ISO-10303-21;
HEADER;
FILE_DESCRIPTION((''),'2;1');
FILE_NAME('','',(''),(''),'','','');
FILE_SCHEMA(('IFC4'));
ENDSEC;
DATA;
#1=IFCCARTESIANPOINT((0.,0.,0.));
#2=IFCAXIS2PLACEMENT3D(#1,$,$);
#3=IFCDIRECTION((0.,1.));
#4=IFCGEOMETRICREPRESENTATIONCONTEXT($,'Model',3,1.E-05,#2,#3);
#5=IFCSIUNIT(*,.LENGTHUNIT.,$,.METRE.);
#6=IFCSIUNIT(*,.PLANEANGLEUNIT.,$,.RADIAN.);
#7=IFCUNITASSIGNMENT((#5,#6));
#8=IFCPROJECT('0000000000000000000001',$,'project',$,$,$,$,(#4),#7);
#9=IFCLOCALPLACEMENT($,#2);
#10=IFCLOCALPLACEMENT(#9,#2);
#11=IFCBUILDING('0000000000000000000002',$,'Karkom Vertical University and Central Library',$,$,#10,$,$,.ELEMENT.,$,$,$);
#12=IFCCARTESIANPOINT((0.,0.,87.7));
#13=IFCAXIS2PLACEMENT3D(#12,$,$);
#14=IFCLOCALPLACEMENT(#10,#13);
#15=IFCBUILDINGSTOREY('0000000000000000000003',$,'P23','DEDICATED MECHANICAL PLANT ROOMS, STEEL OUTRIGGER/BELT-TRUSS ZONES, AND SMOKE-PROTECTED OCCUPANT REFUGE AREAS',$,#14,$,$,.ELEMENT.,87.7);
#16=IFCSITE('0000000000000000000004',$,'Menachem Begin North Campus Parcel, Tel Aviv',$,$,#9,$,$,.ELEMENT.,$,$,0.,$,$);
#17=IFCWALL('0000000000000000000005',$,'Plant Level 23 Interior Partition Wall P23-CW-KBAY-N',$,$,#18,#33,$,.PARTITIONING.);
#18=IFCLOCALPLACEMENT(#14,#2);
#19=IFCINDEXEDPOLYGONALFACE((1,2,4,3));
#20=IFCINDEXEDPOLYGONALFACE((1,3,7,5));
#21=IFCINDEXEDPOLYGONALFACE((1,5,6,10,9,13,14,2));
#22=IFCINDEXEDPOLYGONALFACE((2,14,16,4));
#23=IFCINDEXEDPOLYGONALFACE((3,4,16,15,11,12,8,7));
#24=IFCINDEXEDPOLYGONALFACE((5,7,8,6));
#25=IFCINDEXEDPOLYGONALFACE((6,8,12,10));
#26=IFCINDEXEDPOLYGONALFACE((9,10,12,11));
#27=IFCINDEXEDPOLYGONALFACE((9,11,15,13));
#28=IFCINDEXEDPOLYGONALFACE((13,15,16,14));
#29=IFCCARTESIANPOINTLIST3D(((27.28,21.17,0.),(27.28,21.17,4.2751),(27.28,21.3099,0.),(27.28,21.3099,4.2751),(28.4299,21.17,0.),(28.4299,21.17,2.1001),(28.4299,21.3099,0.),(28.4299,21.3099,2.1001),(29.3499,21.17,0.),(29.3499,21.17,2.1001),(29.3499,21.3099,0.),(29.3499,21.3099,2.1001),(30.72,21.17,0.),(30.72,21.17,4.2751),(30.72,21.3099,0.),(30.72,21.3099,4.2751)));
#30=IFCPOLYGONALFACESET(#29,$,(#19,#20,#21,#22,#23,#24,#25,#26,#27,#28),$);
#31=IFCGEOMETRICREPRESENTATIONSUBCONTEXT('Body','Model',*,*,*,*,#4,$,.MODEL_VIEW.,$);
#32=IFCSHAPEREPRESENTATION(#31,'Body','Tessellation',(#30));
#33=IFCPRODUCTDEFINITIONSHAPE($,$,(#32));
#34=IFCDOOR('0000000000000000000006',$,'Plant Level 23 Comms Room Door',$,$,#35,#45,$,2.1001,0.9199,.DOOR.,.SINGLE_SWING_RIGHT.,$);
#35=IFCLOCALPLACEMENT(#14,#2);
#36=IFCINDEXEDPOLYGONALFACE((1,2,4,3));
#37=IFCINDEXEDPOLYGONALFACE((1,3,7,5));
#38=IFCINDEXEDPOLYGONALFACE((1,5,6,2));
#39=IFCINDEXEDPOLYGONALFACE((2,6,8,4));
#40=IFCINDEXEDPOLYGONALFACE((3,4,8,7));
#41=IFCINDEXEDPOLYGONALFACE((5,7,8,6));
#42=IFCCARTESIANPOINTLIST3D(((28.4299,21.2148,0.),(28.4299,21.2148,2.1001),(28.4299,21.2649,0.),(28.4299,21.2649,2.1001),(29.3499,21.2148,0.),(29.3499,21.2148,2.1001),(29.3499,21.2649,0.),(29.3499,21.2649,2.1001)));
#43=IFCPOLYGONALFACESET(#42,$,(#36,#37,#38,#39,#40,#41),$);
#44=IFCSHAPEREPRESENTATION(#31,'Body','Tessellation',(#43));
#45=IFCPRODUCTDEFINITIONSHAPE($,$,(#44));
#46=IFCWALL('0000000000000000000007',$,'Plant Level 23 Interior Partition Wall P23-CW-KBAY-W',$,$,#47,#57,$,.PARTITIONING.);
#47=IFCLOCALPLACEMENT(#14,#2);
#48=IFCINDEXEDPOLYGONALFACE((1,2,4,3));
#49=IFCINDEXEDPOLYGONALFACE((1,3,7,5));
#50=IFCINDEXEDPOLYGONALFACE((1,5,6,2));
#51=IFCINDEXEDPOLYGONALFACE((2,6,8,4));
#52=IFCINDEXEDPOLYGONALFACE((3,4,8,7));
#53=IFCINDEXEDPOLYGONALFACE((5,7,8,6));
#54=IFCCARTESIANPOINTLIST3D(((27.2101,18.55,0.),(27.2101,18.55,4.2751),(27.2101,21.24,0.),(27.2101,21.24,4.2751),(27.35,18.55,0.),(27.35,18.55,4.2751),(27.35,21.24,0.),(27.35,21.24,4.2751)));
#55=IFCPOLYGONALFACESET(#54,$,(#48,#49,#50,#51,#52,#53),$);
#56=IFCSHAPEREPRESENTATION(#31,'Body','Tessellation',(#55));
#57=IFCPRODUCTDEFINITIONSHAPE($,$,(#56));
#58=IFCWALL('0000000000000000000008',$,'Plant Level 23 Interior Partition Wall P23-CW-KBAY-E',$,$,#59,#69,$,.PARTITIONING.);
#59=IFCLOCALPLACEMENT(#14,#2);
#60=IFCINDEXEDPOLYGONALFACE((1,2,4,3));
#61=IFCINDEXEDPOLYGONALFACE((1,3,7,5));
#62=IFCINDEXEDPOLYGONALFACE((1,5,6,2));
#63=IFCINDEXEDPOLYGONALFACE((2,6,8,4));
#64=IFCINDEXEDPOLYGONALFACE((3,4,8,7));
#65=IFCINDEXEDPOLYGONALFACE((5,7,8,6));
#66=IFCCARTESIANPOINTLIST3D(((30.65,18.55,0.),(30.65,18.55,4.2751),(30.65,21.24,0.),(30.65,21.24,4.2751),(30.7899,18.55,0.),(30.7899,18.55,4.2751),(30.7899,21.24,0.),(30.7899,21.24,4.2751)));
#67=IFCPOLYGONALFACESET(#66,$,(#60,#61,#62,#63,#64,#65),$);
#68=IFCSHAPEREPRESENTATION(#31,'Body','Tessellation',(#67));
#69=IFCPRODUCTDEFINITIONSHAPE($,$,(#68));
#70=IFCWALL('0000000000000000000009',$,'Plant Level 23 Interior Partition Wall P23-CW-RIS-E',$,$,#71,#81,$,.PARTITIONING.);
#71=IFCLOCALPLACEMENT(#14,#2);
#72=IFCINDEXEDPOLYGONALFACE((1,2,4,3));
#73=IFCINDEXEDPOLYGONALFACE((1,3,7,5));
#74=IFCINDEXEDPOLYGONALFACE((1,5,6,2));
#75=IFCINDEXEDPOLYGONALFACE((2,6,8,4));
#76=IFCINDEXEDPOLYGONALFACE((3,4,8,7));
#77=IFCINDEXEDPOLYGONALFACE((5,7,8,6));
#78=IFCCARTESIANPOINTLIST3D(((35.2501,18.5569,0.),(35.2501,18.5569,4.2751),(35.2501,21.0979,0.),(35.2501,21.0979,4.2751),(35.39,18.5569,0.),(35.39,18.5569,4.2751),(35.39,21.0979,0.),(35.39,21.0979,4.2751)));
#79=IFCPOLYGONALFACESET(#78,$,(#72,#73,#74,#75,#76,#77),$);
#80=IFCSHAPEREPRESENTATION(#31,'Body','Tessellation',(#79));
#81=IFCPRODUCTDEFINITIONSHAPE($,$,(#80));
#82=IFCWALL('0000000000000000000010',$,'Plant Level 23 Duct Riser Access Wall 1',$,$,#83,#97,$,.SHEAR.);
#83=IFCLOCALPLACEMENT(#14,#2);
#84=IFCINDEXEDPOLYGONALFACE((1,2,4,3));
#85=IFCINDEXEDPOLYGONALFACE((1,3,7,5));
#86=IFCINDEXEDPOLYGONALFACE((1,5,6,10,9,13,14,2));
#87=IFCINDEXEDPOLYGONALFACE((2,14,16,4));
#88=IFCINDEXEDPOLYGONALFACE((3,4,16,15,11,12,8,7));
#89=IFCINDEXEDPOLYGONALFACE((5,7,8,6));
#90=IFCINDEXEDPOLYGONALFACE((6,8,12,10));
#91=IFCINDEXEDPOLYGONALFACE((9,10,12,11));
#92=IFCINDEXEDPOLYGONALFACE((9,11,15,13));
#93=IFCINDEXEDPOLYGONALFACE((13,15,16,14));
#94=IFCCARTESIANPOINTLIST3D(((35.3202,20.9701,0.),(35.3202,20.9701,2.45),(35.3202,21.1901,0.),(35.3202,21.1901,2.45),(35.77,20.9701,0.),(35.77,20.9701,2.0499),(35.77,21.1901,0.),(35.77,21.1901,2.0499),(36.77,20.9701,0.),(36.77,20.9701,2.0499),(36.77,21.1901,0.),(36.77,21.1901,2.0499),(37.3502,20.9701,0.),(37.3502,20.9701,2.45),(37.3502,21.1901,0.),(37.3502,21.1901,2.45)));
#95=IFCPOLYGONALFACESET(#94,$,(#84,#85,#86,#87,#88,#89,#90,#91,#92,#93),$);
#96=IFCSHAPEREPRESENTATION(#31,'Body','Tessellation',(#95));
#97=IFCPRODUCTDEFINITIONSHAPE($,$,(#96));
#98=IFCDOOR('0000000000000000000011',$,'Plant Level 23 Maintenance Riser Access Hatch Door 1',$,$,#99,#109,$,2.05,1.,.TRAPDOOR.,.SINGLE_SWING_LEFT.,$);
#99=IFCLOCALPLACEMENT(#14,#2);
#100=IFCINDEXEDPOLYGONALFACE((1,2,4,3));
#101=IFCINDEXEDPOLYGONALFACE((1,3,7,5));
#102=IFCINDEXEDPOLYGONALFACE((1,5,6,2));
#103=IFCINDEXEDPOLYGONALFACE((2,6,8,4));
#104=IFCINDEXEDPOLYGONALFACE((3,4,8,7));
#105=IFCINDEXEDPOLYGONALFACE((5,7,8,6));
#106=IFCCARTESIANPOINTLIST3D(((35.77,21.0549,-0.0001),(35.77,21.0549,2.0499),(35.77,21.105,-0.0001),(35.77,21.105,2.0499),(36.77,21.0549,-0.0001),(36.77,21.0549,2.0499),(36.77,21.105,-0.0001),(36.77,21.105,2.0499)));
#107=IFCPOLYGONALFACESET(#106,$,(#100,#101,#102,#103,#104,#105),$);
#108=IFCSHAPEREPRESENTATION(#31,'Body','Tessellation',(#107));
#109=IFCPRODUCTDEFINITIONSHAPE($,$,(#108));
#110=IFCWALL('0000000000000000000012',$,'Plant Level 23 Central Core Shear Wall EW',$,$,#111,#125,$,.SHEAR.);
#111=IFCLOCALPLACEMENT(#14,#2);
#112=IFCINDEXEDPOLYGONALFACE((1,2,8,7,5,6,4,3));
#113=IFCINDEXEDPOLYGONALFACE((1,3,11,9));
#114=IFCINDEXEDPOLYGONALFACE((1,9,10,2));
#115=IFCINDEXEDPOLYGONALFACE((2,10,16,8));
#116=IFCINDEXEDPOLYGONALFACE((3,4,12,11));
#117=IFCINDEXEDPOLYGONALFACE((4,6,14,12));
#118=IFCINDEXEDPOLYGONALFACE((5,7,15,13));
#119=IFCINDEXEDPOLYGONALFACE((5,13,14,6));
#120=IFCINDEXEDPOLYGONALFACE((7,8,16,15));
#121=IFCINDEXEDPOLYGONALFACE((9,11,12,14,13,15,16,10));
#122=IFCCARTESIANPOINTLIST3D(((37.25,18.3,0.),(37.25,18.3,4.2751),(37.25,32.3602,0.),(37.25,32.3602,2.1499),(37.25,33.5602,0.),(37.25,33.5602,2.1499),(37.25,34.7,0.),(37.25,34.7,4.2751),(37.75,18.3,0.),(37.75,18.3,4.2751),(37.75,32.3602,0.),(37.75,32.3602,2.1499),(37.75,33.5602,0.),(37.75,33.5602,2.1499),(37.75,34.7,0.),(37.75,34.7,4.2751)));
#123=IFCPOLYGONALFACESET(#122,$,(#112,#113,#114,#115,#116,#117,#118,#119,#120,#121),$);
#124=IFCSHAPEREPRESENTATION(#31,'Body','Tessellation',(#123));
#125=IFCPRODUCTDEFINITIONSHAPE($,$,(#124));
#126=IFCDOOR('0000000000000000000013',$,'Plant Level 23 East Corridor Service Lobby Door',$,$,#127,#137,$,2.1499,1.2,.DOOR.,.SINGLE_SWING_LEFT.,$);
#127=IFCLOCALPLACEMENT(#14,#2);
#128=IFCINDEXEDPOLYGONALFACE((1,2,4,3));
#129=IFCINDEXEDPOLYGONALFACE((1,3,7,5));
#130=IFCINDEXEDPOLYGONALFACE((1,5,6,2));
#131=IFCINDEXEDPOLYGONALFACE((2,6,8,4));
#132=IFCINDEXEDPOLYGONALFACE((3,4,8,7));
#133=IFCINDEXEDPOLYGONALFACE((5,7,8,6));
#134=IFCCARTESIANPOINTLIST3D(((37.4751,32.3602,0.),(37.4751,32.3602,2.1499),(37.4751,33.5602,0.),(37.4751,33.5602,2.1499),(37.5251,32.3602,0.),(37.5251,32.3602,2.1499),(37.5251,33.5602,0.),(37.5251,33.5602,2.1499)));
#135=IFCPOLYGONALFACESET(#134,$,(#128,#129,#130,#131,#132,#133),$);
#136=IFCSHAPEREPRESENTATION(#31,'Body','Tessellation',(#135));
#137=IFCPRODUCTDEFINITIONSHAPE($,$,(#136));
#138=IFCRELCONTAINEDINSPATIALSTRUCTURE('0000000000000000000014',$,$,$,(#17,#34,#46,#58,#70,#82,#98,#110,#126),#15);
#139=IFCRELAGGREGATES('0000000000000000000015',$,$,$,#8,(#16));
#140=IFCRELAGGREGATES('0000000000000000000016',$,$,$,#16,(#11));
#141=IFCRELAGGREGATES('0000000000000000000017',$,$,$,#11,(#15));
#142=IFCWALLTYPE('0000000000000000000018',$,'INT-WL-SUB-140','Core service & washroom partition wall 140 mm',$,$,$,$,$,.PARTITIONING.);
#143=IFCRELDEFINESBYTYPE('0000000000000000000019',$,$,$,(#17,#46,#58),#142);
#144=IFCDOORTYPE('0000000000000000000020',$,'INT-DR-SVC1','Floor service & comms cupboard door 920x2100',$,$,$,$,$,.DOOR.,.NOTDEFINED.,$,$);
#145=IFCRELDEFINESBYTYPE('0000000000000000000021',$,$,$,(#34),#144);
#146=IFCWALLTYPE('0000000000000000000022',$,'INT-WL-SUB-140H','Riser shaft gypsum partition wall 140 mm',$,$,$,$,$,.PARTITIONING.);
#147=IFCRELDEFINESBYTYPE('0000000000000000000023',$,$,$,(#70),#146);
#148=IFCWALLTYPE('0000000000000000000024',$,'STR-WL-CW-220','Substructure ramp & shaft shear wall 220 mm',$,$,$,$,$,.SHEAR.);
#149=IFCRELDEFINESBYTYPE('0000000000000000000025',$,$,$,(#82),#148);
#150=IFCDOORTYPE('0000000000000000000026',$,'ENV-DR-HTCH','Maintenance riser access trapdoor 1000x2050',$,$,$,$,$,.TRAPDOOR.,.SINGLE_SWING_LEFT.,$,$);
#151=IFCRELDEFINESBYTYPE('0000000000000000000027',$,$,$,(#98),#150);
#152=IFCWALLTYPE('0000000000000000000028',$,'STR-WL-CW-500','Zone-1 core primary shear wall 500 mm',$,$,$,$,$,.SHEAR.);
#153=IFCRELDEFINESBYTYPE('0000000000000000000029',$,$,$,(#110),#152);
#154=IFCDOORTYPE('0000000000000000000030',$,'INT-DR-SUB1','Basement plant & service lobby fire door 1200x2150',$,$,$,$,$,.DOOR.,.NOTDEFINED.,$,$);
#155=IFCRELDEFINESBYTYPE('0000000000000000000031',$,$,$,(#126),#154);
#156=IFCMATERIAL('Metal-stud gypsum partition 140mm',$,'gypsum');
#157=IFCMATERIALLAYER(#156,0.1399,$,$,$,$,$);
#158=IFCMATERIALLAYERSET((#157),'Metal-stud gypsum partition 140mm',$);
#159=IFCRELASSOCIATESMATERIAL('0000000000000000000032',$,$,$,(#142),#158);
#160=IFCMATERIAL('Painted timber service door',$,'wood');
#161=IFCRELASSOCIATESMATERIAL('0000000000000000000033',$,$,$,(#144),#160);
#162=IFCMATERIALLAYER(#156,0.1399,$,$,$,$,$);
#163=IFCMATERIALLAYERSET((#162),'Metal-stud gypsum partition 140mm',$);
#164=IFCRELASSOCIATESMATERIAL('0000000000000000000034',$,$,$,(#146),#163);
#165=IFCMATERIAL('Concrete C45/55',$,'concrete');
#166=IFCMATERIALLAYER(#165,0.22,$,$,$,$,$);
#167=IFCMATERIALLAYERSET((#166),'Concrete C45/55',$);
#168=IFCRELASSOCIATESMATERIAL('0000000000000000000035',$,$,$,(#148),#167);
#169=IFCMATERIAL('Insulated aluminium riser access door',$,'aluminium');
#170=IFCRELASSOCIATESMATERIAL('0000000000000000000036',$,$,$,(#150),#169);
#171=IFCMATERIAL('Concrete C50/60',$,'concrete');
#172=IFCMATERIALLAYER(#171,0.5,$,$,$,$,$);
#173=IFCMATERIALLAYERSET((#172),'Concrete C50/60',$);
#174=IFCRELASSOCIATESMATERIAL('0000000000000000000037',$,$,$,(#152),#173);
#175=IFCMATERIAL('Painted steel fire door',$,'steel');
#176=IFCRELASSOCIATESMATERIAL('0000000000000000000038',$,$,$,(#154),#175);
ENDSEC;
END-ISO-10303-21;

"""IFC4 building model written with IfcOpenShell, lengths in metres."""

from ifc_helpers import new_model, si_unit, direction, frame, frame_2d, origin, origin_with_axes, place, context, subcontext, project, spatial, rectangle, extrude, source, transform, mapped, material, layer, layer_set, type_object, element, fill, save


model = new_model("IFC4")

# Units and contexts
model_context = context("Model", 3, precision=1e-05, world=origin(), true_north=direction((0.0, 1.0)))
body_context = subcontext(model_context, "Body", "Model", "MODEL_VIEW")
ifc_project = project(units=[si_unit("LENGTHUNIT", "METRE"), si_unit("PLANEANGLEUNIT", "RADIAN")], contexts=[model_context])

# Site, building, storey
site_placement = place(None, origin())
site = spatial("IfcSite", under=ifc_project, at=site_placement, Name="Menachem Begin North Campus Parcel, Tel Aviv", CompositionType="ELEMENT", RefElevation=0.0)
building_placement = place(site_placement, origin())
building = spatial("IfcBuilding", under=site, at=building_placement, Name="Karkom Vertical University and Central Library", CompositionType="ELEMENT")
storey_placement = place(building_placement, frame((0.0, 0.0, 87.7)))
storey = spatial("IfcBuildingStorey", under=building, at=storey_placement, Name="P23", Description="DEDICATED MECHANICAL PLANT ROOMS, STEEL OUTRIGGER/BELT-TRUSS ZONES, AND SMOKE-PROTECTED OCCUPANT REFUGE AREAS", CompositionType="ELEMENT", Elevation=87.7)

# Shared definitions
ifc_material_1 = material(Name="Concrete C50/60", Category="concrete")

# Wall, opening, door
ifc_material_2 = material(Name="Metal-stud gypsum partition 140mm", Category="gypsum")
ifc_layer_1 = layer(ifc_material_2, 0.1399)
ifc_layer_set_1 = layer_set([ifc_layer_1], Name="Metal-stud gypsum partition 140mm")
wall_type_1 = type_object("IfcWallType", Name="INT-WL-SUB-140", Description="Core service & washroom partition wall 140 mm", PredefinedType="PARTITIONING", material=ifc_layer_set_1)
wall_1_placement = place(storey_placement, frame((27.28, 21.24, 0.0), z_axis=(0.0, 0.0, 1.0), x_axis=(1.0, 0.0, 0.0)))
wall_1 = element("IfcWall", 1, at=wall_1_placement, inside=storey, type_object=wall_type_1, Name="Plant Level 23 Interior Partition Wall P23-CW-KBAY-N", PredefinedType="PARTITIONING", context=body_context, shape_type="SweptSolid", body=[
    extrude(rectangle(XDim=3.4399, YDim=0.1399, at=frame_2d((1.72, 0.0))), origin(), (0.0, 0.0, 1.0), 4.2751),
])
opening_1_placement = place(wall_1_placement, frame((1.1499, 0.0, 0.0)))
opening_1 = element("IfcOpeningElement", 2, at=opening_1_placement, cuts=wall_1, PredefinedType="OPENING", context=body_context, shape_type="SweptSolid", body=[
    extrude(rectangle(XDim=0.9199, YDim=2.1001, at=frame_2d((0.46, 1.05))), frame((0.0, 0.0801, 0.0), z_axis=(0.0, -1.0, 0.0), x_axis=(1.0, 0.0, 0.0)), (0.0, 0.0, 1.0), 0.1599),
])
ifc_material_3 = material(Name="Painted timber service door", Category="wood")
door_type_1 = type_object("IfcDoorType", Name="INT-DR-SVC1", Description="Floor service & comms cupboard door 920x2100", OperationType="NOTDEFINED", PredefinedType="DOOR", material=ifc_material_3)
shared_shape_1 = source(origin_with_axes(), body_context, "Body", "SweptSolid", [
    extrude(rectangle(XDim=0.9199, YDim=2.1001, at=frame_2d((0.46, 1.05))), frame((0.0, 0.0249, 0.0), z_axis=(0.0, -1.0, 0.0), x_axis=(1.0, 0.0, 0.0)), (0.0, 0.0, 1.0), 0.05),
])
door_1_placement = place(opening_1_placement, origin())
door_1 = element("IfcDoor", 3, at=door_1_placement, inside=storey, type_object=door_type_1, Name="Plant Level 23 Comms Room Door", OperationType="SINGLE_SWING_RIGHT", OverallHeight=2.1001, OverallWidth=0.9199, PredefinedType="DOOR", context=body_context, shape_type="MappedRepresentation", body=[
    mapped(shared_shape_1, transform((0.0, 0.0, 0.0), scale=1.0)),
])
fill(opening_1, door_1)

# Walls
for number, where, z_axis, x_axis, name in (
    (4, (27.28, 18.55, 0.0), (0.0, 0.0, 1.0), (0.0, 1.0, 0.0), "Plant Level 23 Interior Partition Wall P23-CW-KBAY-W"),
    (5, (30.72, 18.55, 0.0), (0.0, 0.0, 1.0), (0.0, 1.0, 0.0), "Plant Level 23 Interior Partition Wall P23-CW-KBAY-E"),
):
    element("IfcWall", number, at=place(storey_placement, frame(where, z_axis=z_axis, x_axis=x_axis)), inside=storey, type_object=wall_type_1, Name=name, PredefinedType="PARTITIONING", context=body_context, shape_type="SweptSolid", body=[
        extrude(rectangle(XDim=2.6899, YDim=0.1399, at=frame_2d((1.345, 0.0))), origin(), (0.0, 0.0, 1.0), 4.2751),
    ])
ifc_layer_2 = layer(ifc_material_2, 0.1399)
ifc_layer_set_2 = layer_set([ifc_layer_2], Name="Metal-stud gypsum partition 140mm")
wall_type_2 = type_object("IfcWallType", Name="INT-WL-SUB-140H", Description="Riser shaft gypsum partition wall 140 mm", PredefinedType="PARTITIONING", material=ifc_layer_set_2)
wall_2_placement = place(storey_placement, frame((35.3201, 18.5569, 0.0), z_axis=(0.0, 0.0, 1.0), x_axis=(0.0, 1.0, 0.0)))
element("IfcWall", 6, at=wall_2_placement, inside=storey, type_object=wall_type_2, Name="Plant Level 23 Interior Partition Wall P23-CW-RIS-E", PredefinedType="PARTITIONING", context=body_context, shape_type="SweptSolid", body=[
    extrude(rectangle(XDim=2.541, YDim=0.1399, at=frame_2d((1.2705, 0.0))), origin(), (0.0, 0.0, 1.0), 4.2751),
])

# Walls, openings, doors
ifc_material_4 = material(Name="Concrete C45/55", Category="concrete")
ifc_layer_3 = layer(ifc_material_4, 0.22)
ifc_layer_set_3 = layer_set([ifc_layer_3], Name="Concrete C45/55")
wall_type_3 = type_object("IfcWallType", Name="STR-WL-CW-220", Description="Substructure ramp & shaft shear wall 220 mm", PredefinedType="SHEAR", material=ifc_layer_set_3)
wall_3_placement = place(storey_placement, frame((35.3201, 21.0801, 0.0), z_axis=(0.0, 0.0, 1.0), x_axis=(1.0, 0.0, 0.0)))
wall_3 = element("IfcWall", 7, at=wall_3_placement, inside=storey, type_object=wall_type_3, Name="Plant Level 23 Duct Riser Access Wall 1", PredefinedType="SHEAR", context=body_context, shape_type="SweptSolid", body=[
    extrude(rectangle(XDim=2.03, YDim=0.22, at=frame_2d((1.0151, 0.0))), origin(), (0.0, 0.0, 1.0), 2.45),
])
opening_2_placement = place(wall_3_placement, frame((0.45, 0.0, 0.0)))
opening_2 = element("IfcOpeningElement", 8, at=opening_2_placement, cuts=wall_3, PredefinedType="OPENING", context=body_context, shape_type="SweptSolid", body=[
    extrude(rectangle(XDim=1.0, YDim=2.05, at=frame_2d((0.5, 1.0249))), frame((0.0, 0.1201, 0.0), z_axis=(0.0, -1.0, 0.0), x_axis=(1.0, 0.0, 0.0)), (0.0, 0.0, 1.0), 0.24),
])
ifc_material_5 = material(Name="Insulated aluminium riser access door", Category="aluminium")
door_type_2 = type_object("IfcDoorType", Name="ENV-DR-HTCH", Description="Maintenance riser access trapdoor 1000x2050", OperationType="SINGLE_SWING_LEFT", PredefinedType="TRAPDOOR", material=ifc_material_5)
shared_shape_2 = source(origin_with_axes(), body_context, "Body", "SweptSolid", [
    extrude(rectangle(XDim=1.0, YDim=2.05, at=frame_2d((0.5, 1.0249))), frame((0.0, 0.0249, 0.0), z_axis=(0.0, -1.0, 0.0), x_axis=(1.0, 0.0, 0.0)), (0.0, 0.0, 1.0), 0.05),
])
door_2_placement = place(opening_2_placement, origin())
door_2 = element("IfcDoor", 9, at=door_2_placement, inside=storey, type_object=door_type_2, Name="Plant Level 23 Maintenance Riser Access Hatch Door 1", OperationType="SINGLE_SWING_LEFT", OverallHeight=2.05, OverallWidth=1.0, PredefinedType="TRAPDOOR", context=body_context, shape_type="MappedRepresentation", body=[
    mapped(shared_shape_2, transform((0.0, 0.0, 0.0), scale=1.0)),
])
fill(opening_2, door_2)
ifc_layer_4 = layer(ifc_material_1, 0.5)
ifc_layer_set_4 = layer_set([ifc_layer_4], Name="Concrete C50/60")
wall_type_4 = type_object("IfcWallType", Name="STR-WL-CW-500", Description="Zone-1 core primary shear wall 500 mm", PredefinedType="SHEAR", material=ifc_layer_set_4)
wall_4_placement = place(storey_placement, frame((37.5, 18.3, 0.0), z_axis=(0.0, 0.0, 1.0), x_axis=(0.0, 1.0, 0.0)))
wall_4 = element("IfcWall", 10, at=wall_4_placement, inside=storey, type_object=wall_type_4, Name="Plant Level 23 Central Core Shear Wall EW", PredefinedType="SHEAR", context=body_context, shape_type="SweptSolid", body=[
    extrude(rectangle(XDim=16.3999, YDim=0.5, at=frame_2d((8.2, 0.0))), origin(), (0.0, 0.0, 1.0), 4.2751),
])
opening_3_placement = place(wall_4_placement, frame((14.0601, 0.0, 0.0)))
opening_3 = element("IfcOpeningElement", 11, at=opening_3_placement, cuts=wall_4, PredefinedType="OPENING", context=body_context, shape_type="SweptSolid", body=[
    extrude(rectangle(XDim=1.2, YDim=2.1499, at=frame_2d((0.6001, 1.075))), frame((0.0, 0.26, 0.0), z_axis=(0.0, -1.0, 0.0), x_axis=(1.0, 0.0, 0.0)), (0.0, 0.0, 1.0), 0.52),
])
ifc_material_6 = material(Name="Painted steel fire door", Category="steel")
door_type_3 = type_object("IfcDoorType", Name="INT-DR-SUB1", Description="Basement plant & service lobby fire door 1200x2150", OperationType="NOTDEFINED", PredefinedType="DOOR", material=ifc_material_6)
shared_shape_3 = source(origin_with_axes(), body_context, "Body", "SweptSolid", [
    extrude(rectangle(XDim=1.2, YDim=2.1499, at=frame_2d((0.6001, 1.075))), frame((0.0, 0.0249, 0.0), z_axis=(0.0, -1.0, 0.0), x_axis=(1.0, 0.0, 0.0)), (0.0, 0.0, 1.0), 0.05),
])
door_3_placement = place(opening_3_placement, origin())
door_3 = element("IfcDoor", 12, at=door_3_placement, inside=storey, type_object=door_type_3, Name="Plant Level 23 East Corridor Service Lobby Door", OperationType="SINGLE_SWING_LEFT", OverallHeight=2.1499, OverallWidth=1.2, PredefinedType="DOOR", context=body_context, shape_type="MappedRepresentation", body=[
    mapped(shared_shape_3, transform((0.0, 0.0, 0.0), scale=1.0)),
])
fill(opening_3, door_3)

save(model, "model.ifc")
